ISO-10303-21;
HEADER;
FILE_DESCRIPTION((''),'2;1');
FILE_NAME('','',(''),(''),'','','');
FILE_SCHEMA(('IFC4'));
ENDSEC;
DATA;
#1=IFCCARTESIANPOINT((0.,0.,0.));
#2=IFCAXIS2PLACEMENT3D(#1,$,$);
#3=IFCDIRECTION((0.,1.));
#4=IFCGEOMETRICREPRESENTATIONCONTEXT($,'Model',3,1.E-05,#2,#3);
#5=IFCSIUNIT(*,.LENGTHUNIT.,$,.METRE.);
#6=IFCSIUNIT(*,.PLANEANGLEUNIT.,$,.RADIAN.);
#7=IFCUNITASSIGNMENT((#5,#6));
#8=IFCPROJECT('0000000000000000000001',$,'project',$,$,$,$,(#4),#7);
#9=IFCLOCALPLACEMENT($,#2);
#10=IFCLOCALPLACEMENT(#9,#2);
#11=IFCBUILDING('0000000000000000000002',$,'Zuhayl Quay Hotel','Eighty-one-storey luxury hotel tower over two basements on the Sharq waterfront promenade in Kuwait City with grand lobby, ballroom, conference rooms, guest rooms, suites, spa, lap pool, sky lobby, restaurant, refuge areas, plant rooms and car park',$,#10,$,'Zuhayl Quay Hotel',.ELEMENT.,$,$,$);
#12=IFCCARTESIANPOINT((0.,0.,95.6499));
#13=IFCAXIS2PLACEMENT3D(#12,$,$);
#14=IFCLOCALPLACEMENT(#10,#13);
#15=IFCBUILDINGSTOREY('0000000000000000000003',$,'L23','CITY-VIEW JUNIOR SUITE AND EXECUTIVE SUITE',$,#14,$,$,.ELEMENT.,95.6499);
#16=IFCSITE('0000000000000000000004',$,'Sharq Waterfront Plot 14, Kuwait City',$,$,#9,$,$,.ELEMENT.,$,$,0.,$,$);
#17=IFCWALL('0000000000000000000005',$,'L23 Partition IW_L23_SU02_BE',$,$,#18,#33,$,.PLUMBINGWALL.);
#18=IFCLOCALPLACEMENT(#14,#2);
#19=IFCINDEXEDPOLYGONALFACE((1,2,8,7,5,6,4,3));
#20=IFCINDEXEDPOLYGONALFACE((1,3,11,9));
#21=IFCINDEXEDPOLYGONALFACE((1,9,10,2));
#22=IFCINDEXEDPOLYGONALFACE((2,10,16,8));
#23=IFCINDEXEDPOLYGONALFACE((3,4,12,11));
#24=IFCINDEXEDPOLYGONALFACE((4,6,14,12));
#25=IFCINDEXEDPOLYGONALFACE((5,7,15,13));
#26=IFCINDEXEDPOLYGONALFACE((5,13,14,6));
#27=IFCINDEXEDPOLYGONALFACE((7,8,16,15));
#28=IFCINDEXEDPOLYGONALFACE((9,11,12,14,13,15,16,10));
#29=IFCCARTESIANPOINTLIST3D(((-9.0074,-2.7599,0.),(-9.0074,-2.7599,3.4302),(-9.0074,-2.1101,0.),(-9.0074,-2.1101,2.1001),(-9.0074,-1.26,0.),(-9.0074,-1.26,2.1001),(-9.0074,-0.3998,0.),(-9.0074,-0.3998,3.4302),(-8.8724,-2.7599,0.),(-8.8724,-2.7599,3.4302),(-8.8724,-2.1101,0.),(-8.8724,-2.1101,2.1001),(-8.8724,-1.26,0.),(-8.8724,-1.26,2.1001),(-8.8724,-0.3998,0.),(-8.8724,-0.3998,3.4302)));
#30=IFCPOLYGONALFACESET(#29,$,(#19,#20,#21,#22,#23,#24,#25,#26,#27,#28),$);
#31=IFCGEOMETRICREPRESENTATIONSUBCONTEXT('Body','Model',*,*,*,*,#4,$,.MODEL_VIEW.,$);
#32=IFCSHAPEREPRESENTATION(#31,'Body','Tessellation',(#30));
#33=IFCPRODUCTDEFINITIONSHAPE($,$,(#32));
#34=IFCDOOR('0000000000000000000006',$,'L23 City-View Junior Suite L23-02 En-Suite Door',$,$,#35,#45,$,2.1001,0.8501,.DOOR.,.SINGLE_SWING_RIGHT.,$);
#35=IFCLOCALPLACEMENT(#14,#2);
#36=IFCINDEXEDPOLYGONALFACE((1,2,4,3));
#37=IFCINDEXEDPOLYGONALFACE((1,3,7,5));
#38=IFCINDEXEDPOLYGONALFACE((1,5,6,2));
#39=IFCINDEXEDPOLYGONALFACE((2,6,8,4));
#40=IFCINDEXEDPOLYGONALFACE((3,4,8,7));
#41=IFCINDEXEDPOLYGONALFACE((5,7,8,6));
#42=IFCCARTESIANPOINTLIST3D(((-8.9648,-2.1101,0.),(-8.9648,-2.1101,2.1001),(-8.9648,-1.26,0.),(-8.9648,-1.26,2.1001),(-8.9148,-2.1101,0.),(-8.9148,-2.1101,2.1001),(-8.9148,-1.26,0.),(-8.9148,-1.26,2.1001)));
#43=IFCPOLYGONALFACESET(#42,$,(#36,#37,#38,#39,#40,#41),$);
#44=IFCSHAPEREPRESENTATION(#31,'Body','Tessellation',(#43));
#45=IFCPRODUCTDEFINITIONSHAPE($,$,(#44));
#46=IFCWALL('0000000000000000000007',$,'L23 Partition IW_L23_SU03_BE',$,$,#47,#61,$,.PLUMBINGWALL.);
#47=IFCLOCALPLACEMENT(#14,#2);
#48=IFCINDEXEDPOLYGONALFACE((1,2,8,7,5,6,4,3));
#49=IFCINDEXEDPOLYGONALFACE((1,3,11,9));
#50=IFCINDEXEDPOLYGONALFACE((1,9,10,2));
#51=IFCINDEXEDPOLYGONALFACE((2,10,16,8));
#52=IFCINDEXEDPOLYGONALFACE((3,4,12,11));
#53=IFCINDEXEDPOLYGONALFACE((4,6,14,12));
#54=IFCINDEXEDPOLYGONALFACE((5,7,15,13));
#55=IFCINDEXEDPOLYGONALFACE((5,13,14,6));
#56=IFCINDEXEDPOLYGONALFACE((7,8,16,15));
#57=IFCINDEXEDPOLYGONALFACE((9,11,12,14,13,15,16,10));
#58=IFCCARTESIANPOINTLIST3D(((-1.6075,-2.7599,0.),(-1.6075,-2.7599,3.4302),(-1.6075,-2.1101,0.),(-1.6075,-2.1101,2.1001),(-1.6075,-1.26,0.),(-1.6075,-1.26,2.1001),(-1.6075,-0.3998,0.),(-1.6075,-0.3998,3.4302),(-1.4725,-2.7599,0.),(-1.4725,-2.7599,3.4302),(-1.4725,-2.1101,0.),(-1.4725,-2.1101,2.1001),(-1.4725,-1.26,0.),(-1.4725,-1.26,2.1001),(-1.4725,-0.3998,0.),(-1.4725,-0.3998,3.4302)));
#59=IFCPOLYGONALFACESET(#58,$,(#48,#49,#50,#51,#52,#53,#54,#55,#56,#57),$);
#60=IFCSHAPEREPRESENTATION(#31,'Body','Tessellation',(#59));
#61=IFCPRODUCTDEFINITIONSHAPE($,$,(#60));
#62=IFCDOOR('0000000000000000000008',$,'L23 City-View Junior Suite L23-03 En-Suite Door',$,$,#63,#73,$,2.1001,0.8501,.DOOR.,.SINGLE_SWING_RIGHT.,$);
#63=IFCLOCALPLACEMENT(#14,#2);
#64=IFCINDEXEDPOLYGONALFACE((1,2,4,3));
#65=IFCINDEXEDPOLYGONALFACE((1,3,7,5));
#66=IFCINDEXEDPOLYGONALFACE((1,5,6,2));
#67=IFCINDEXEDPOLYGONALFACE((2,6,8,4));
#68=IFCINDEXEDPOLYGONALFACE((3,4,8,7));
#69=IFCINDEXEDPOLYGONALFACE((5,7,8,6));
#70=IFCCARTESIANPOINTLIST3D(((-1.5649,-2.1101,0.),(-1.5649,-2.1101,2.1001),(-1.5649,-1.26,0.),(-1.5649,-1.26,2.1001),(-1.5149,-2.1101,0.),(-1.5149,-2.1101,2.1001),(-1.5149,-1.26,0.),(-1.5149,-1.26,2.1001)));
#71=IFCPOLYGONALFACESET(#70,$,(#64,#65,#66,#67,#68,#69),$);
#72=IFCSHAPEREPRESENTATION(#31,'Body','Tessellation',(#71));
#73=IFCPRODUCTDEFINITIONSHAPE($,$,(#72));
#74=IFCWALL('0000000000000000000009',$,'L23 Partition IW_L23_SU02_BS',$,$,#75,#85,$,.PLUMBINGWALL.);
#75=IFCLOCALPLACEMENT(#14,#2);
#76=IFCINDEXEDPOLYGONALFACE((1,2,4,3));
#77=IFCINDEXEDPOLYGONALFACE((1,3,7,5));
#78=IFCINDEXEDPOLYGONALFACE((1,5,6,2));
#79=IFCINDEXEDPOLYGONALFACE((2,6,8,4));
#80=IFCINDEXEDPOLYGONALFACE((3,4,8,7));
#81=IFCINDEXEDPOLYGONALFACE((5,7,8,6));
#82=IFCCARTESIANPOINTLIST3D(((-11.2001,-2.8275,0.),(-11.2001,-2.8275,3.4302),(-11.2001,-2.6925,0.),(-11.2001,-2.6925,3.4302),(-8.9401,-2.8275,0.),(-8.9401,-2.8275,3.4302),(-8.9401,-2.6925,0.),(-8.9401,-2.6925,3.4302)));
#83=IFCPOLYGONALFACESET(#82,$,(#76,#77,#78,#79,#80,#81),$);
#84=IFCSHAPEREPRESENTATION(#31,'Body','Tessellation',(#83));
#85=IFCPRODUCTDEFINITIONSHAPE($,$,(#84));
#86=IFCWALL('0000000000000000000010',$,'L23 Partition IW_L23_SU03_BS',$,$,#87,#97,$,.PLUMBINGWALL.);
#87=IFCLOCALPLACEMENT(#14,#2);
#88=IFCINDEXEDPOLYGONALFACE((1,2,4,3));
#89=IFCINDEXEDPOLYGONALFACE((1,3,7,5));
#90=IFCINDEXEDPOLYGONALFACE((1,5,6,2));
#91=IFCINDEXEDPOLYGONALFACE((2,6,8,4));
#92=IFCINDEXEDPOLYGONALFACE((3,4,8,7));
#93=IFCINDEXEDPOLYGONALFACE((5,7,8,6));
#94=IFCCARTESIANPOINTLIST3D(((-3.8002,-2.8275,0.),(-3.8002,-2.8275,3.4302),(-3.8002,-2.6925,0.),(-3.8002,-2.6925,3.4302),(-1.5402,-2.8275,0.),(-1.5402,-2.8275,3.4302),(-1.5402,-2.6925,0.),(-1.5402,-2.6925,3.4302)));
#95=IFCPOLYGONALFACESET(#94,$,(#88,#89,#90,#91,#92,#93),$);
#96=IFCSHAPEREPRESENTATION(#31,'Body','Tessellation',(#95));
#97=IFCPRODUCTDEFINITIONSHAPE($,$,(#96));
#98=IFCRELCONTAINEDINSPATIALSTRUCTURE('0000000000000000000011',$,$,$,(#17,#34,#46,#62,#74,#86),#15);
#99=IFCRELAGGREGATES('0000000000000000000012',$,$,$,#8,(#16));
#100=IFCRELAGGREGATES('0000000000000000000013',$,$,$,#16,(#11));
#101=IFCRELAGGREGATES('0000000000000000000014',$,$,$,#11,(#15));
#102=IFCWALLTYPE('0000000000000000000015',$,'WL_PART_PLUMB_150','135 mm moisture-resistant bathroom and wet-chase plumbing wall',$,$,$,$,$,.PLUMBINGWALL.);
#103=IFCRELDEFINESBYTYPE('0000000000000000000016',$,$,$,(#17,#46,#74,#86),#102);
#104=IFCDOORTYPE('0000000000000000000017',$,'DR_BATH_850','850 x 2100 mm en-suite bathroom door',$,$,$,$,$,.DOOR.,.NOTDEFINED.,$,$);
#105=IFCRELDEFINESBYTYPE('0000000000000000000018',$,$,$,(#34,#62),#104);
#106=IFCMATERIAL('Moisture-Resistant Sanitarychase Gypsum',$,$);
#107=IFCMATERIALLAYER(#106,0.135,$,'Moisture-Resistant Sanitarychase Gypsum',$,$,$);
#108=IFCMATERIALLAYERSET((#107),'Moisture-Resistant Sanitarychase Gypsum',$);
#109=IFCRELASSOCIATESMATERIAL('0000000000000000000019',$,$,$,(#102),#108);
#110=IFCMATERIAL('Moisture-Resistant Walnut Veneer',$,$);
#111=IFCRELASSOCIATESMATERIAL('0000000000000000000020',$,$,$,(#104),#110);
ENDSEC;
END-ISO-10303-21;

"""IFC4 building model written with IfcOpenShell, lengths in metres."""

from ifc_helpers import new_model, si_unit, direction, frame, frame_2d, origin, place, context, subcontext, project, spatial, rectangle, extrude, material, layer, layer_set, type_object, element, fill, save


model = new_model("IFC4")

# Units and contexts
model_context = context("Model", 3, precision=1e-05, world=origin(), true_north=direction((0.0, 1.0)))
body_context = subcontext(model_context, "Body", "Model", "MODEL_VIEW")
ifc_project = project(units=[si_unit("LENGTHUNIT", "METRE"), si_unit("PLANEANGLEUNIT", "RADIAN")], contexts=[model_context])

# Site, building, storey
site_placement = place(None, origin())
site = spatial("IfcSite", under=ifc_project, at=site_placement, Name="Sharq Waterfront Plot 14, Kuwait City", CompositionType="ELEMENT", RefElevation=0.0)
building_placement = place(site_placement, origin())
building = spatial("IfcBuilding", under=site, at=building_placement, Name="Zuhayl Quay Hotel", Description="Eighty-one-storey luxury hotel tower over two basements on the Sharq waterfront promenade in Kuwait City with grand lobby, ballroom, conference rooms, guest rooms, suites, spa, lap pool, sky lobby, restaurant, refuge areas, plant rooms and car park", LongName="Zuhayl Quay Hotel", CompositionType="ELEMENT")
storey_placement = place(building_placement, frame((0.0, 0.0, 95.6499)))
storey = spatial("IfcBuildingStorey", under=building, at=storey_placement, Name="L23", Description="CITY-VIEW JUNIOR SUITE AND EXECUTIVE SUITE", CompositionType="ELEMENT", Elevation=95.6499)

# Walls, openings, doors
ifc_material_1 = material(Name="Moisture-Resistant Sanitarychase Gypsum")
ifc_layer_1 = layer(ifc_material_1, 0.135, Name="Moisture-Resistant Sanitarychase Gypsum")
ifc_layer_set_1 = layer_set([ifc_layer_1], Name="Moisture-Resistant Sanitarychase Gypsum")
wall_type_1 = type_object("IfcWallType", Name="WL_PART_PLUMB_150", Description="135 mm moisture-resistant bathroom and wet-chase plumbing wall", PredefinedType="PLUMBINGWALL", material=ifc_layer_set_1)
wall_1_placement = place(storey_placement, frame((-8.9399, -2.76, 0.0), z_axis=(0.0, 0.0, 1.0), x_axis=(0.0, 1.0, 0.0)))
wall_1 = element("IfcWall", 1, at=wall_1_placement, inside=storey, type_object=wall_type_1, Name="L23 Partition IW_L23_SU02_BE", PredefinedType="PLUMBINGWALL", context=body_context, shape_type="SweptSolid", body=[
    extrude(rectangle(XDim=2.3601, YDim=0.135, at=frame_2d((1.1802, 0.0))), origin(), (0.0, 0.0, 1.0), 3.4302),
])
opening_1_placement = place(wall_1_placement, frame((0.6499, 0.0, 0.0)))
opening_1 = element("IfcOpeningElement", 2, at=opening_1_placement, cuts=wall_1, PredefinedType="OPENING", context=body_context, shape_type="SweptSolid", body=[
    extrude(rectangle(XDim=0.8501, YDim=2.1001, at=frame_2d((0.425, 1.05))), frame((0.0, 0.0774, 0.0), z_axis=(0.0, -1.0, 0.0), x_axis=(1.0, 0.0, 0.0)), (0.0, 0.0, 1.0), 0.155),
])
ifc_material_2 = material(Name="Moisture-Resistant Walnut Veneer")
door_type = type_object("IfcDoorType", Name="DR_BATH_850", Description="850 x 2100 mm en-suite bathroom door", OperationType="NOTDEFINED", PredefinedType="DOOR", material=ifc_material_2)
door_1_placement = place(opening_1_placement, origin())
door_1 = element("IfcDoor", 3, at=door_1_placement, inside=storey, type_object=door_type, Name="L23 City-View Junior Suite L23-02 En-Suite Door", OperationType="SINGLE_SWING_RIGHT", OverallHeight=2.1001, OverallWidth=0.8501, PredefinedType="DOOR", context=body_context, shape_type="SweptSolid", body=[
    extrude(rectangle(XDim=0.8501, YDim=2.1001, at=frame_2d((0.425, 1.05))), frame((0.0, 0.0249, 0.0), z_axis=(0.0, -1.0, 0.0), x_axis=(1.0, 0.0, 0.0)), (0.0, 0.0, 1.0), 0.05),
])
fill(opening_1, door_1)
wall_2_placement = place(storey_placement, frame((-1.54, -2.76, 0.0), z_axis=(0.0, 0.0, 1.0), x_axis=(0.0, 1.0, 0.0)))
wall_2 = element("IfcWall", 4, at=wall_2_placement, inside=storey, type_object=wall_type_1, Name="L23 Partition IW_L23_SU03_BE", PredefinedType="PLUMBINGWALL", context=body_context, shape_type="SweptSolid", body=[
    extrude(rectangle(XDim=2.3601, YDim=0.135, at=frame_2d((1.1802, 0.0))), origin(), (0.0, 0.0, 1.0), 3.4302),
])
opening_2_placement = place(wall_2_placement, frame((0.6499, 0.0, 0.0)))
opening_2 = element("IfcOpeningElement", 5, at=opening_2_placement, cuts=wall_2, PredefinedType="OPENING", context=body_context, shape_type="SweptSolid", body=[
    extrude(rectangle(XDim=0.8501, YDim=2.1001, at=frame_2d((0.425, 1.05))), frame((0.0, 0.0774, 0.0), z_axis=(0.0, -1.0, 0.0), x_axis=(1.0, 0.0, 0.0)), (0.0, 0.0, 1.0), 0.155),
])
door_2_placement = place(opening_2_placement, origin())
door_2 = element("IfcDoor", 6, at=door_2_placement, inside=storey, type_object=door_type, Name="L23 City-View Junior Suite L23-03 En-Suite Door", OperationType="SINGLE_SWING_RIGHT", OverallHeight=2.1001, OverallWidth=0.8501, PredefinedType="DOOR", context=body_context, shape_type="SweptSolid", body=[
    extrude(rectangle(XDim=0.8501, YDim=2.1001, at=frame_2d((0.425, 1.05))), frame((0.0, 0.0249, 0.0), z_axis=(0.0, -1.0, 0.0), x_axis=(1.0, 0.0, 0.0)), (0.0, 0.0, 1.0), 0.05),
])
fill(opening_2, door_2)

# Walls
for number, where, z_axis, x_axis, name in (
    (7, (-11.2, -2.76, 0.0), (0.0, 0.0, 1.0), (1.0, 0.0, 0.0), "L23 Partition IW_L23_SU02_BS"),
    (8, (-3.8, -2.76, 0.0), (0.0, 0.0, 1.0), (1.0, 0.0, 0.0), "L23 Partition IW_L23_SU03_BS"),
):
    element("IfcWall", number, at=place(storey_placement, frame(where, z_axis=z_axis, x_axis=x_axis)), inside=storey, type_object=wall_type_1, Name=name, PredefinedType="PLUMBINGWALL", context=body_context, shape_type="SweptSolid", body=[
        extrude(rectangle(XDim=2.26, YDim=0.135, at=frame_2d((1.1299, 0.0))), origin(), (0.0, 0.0, 1.0), 3.4302),
    ])

save(model, "model.ifc")
